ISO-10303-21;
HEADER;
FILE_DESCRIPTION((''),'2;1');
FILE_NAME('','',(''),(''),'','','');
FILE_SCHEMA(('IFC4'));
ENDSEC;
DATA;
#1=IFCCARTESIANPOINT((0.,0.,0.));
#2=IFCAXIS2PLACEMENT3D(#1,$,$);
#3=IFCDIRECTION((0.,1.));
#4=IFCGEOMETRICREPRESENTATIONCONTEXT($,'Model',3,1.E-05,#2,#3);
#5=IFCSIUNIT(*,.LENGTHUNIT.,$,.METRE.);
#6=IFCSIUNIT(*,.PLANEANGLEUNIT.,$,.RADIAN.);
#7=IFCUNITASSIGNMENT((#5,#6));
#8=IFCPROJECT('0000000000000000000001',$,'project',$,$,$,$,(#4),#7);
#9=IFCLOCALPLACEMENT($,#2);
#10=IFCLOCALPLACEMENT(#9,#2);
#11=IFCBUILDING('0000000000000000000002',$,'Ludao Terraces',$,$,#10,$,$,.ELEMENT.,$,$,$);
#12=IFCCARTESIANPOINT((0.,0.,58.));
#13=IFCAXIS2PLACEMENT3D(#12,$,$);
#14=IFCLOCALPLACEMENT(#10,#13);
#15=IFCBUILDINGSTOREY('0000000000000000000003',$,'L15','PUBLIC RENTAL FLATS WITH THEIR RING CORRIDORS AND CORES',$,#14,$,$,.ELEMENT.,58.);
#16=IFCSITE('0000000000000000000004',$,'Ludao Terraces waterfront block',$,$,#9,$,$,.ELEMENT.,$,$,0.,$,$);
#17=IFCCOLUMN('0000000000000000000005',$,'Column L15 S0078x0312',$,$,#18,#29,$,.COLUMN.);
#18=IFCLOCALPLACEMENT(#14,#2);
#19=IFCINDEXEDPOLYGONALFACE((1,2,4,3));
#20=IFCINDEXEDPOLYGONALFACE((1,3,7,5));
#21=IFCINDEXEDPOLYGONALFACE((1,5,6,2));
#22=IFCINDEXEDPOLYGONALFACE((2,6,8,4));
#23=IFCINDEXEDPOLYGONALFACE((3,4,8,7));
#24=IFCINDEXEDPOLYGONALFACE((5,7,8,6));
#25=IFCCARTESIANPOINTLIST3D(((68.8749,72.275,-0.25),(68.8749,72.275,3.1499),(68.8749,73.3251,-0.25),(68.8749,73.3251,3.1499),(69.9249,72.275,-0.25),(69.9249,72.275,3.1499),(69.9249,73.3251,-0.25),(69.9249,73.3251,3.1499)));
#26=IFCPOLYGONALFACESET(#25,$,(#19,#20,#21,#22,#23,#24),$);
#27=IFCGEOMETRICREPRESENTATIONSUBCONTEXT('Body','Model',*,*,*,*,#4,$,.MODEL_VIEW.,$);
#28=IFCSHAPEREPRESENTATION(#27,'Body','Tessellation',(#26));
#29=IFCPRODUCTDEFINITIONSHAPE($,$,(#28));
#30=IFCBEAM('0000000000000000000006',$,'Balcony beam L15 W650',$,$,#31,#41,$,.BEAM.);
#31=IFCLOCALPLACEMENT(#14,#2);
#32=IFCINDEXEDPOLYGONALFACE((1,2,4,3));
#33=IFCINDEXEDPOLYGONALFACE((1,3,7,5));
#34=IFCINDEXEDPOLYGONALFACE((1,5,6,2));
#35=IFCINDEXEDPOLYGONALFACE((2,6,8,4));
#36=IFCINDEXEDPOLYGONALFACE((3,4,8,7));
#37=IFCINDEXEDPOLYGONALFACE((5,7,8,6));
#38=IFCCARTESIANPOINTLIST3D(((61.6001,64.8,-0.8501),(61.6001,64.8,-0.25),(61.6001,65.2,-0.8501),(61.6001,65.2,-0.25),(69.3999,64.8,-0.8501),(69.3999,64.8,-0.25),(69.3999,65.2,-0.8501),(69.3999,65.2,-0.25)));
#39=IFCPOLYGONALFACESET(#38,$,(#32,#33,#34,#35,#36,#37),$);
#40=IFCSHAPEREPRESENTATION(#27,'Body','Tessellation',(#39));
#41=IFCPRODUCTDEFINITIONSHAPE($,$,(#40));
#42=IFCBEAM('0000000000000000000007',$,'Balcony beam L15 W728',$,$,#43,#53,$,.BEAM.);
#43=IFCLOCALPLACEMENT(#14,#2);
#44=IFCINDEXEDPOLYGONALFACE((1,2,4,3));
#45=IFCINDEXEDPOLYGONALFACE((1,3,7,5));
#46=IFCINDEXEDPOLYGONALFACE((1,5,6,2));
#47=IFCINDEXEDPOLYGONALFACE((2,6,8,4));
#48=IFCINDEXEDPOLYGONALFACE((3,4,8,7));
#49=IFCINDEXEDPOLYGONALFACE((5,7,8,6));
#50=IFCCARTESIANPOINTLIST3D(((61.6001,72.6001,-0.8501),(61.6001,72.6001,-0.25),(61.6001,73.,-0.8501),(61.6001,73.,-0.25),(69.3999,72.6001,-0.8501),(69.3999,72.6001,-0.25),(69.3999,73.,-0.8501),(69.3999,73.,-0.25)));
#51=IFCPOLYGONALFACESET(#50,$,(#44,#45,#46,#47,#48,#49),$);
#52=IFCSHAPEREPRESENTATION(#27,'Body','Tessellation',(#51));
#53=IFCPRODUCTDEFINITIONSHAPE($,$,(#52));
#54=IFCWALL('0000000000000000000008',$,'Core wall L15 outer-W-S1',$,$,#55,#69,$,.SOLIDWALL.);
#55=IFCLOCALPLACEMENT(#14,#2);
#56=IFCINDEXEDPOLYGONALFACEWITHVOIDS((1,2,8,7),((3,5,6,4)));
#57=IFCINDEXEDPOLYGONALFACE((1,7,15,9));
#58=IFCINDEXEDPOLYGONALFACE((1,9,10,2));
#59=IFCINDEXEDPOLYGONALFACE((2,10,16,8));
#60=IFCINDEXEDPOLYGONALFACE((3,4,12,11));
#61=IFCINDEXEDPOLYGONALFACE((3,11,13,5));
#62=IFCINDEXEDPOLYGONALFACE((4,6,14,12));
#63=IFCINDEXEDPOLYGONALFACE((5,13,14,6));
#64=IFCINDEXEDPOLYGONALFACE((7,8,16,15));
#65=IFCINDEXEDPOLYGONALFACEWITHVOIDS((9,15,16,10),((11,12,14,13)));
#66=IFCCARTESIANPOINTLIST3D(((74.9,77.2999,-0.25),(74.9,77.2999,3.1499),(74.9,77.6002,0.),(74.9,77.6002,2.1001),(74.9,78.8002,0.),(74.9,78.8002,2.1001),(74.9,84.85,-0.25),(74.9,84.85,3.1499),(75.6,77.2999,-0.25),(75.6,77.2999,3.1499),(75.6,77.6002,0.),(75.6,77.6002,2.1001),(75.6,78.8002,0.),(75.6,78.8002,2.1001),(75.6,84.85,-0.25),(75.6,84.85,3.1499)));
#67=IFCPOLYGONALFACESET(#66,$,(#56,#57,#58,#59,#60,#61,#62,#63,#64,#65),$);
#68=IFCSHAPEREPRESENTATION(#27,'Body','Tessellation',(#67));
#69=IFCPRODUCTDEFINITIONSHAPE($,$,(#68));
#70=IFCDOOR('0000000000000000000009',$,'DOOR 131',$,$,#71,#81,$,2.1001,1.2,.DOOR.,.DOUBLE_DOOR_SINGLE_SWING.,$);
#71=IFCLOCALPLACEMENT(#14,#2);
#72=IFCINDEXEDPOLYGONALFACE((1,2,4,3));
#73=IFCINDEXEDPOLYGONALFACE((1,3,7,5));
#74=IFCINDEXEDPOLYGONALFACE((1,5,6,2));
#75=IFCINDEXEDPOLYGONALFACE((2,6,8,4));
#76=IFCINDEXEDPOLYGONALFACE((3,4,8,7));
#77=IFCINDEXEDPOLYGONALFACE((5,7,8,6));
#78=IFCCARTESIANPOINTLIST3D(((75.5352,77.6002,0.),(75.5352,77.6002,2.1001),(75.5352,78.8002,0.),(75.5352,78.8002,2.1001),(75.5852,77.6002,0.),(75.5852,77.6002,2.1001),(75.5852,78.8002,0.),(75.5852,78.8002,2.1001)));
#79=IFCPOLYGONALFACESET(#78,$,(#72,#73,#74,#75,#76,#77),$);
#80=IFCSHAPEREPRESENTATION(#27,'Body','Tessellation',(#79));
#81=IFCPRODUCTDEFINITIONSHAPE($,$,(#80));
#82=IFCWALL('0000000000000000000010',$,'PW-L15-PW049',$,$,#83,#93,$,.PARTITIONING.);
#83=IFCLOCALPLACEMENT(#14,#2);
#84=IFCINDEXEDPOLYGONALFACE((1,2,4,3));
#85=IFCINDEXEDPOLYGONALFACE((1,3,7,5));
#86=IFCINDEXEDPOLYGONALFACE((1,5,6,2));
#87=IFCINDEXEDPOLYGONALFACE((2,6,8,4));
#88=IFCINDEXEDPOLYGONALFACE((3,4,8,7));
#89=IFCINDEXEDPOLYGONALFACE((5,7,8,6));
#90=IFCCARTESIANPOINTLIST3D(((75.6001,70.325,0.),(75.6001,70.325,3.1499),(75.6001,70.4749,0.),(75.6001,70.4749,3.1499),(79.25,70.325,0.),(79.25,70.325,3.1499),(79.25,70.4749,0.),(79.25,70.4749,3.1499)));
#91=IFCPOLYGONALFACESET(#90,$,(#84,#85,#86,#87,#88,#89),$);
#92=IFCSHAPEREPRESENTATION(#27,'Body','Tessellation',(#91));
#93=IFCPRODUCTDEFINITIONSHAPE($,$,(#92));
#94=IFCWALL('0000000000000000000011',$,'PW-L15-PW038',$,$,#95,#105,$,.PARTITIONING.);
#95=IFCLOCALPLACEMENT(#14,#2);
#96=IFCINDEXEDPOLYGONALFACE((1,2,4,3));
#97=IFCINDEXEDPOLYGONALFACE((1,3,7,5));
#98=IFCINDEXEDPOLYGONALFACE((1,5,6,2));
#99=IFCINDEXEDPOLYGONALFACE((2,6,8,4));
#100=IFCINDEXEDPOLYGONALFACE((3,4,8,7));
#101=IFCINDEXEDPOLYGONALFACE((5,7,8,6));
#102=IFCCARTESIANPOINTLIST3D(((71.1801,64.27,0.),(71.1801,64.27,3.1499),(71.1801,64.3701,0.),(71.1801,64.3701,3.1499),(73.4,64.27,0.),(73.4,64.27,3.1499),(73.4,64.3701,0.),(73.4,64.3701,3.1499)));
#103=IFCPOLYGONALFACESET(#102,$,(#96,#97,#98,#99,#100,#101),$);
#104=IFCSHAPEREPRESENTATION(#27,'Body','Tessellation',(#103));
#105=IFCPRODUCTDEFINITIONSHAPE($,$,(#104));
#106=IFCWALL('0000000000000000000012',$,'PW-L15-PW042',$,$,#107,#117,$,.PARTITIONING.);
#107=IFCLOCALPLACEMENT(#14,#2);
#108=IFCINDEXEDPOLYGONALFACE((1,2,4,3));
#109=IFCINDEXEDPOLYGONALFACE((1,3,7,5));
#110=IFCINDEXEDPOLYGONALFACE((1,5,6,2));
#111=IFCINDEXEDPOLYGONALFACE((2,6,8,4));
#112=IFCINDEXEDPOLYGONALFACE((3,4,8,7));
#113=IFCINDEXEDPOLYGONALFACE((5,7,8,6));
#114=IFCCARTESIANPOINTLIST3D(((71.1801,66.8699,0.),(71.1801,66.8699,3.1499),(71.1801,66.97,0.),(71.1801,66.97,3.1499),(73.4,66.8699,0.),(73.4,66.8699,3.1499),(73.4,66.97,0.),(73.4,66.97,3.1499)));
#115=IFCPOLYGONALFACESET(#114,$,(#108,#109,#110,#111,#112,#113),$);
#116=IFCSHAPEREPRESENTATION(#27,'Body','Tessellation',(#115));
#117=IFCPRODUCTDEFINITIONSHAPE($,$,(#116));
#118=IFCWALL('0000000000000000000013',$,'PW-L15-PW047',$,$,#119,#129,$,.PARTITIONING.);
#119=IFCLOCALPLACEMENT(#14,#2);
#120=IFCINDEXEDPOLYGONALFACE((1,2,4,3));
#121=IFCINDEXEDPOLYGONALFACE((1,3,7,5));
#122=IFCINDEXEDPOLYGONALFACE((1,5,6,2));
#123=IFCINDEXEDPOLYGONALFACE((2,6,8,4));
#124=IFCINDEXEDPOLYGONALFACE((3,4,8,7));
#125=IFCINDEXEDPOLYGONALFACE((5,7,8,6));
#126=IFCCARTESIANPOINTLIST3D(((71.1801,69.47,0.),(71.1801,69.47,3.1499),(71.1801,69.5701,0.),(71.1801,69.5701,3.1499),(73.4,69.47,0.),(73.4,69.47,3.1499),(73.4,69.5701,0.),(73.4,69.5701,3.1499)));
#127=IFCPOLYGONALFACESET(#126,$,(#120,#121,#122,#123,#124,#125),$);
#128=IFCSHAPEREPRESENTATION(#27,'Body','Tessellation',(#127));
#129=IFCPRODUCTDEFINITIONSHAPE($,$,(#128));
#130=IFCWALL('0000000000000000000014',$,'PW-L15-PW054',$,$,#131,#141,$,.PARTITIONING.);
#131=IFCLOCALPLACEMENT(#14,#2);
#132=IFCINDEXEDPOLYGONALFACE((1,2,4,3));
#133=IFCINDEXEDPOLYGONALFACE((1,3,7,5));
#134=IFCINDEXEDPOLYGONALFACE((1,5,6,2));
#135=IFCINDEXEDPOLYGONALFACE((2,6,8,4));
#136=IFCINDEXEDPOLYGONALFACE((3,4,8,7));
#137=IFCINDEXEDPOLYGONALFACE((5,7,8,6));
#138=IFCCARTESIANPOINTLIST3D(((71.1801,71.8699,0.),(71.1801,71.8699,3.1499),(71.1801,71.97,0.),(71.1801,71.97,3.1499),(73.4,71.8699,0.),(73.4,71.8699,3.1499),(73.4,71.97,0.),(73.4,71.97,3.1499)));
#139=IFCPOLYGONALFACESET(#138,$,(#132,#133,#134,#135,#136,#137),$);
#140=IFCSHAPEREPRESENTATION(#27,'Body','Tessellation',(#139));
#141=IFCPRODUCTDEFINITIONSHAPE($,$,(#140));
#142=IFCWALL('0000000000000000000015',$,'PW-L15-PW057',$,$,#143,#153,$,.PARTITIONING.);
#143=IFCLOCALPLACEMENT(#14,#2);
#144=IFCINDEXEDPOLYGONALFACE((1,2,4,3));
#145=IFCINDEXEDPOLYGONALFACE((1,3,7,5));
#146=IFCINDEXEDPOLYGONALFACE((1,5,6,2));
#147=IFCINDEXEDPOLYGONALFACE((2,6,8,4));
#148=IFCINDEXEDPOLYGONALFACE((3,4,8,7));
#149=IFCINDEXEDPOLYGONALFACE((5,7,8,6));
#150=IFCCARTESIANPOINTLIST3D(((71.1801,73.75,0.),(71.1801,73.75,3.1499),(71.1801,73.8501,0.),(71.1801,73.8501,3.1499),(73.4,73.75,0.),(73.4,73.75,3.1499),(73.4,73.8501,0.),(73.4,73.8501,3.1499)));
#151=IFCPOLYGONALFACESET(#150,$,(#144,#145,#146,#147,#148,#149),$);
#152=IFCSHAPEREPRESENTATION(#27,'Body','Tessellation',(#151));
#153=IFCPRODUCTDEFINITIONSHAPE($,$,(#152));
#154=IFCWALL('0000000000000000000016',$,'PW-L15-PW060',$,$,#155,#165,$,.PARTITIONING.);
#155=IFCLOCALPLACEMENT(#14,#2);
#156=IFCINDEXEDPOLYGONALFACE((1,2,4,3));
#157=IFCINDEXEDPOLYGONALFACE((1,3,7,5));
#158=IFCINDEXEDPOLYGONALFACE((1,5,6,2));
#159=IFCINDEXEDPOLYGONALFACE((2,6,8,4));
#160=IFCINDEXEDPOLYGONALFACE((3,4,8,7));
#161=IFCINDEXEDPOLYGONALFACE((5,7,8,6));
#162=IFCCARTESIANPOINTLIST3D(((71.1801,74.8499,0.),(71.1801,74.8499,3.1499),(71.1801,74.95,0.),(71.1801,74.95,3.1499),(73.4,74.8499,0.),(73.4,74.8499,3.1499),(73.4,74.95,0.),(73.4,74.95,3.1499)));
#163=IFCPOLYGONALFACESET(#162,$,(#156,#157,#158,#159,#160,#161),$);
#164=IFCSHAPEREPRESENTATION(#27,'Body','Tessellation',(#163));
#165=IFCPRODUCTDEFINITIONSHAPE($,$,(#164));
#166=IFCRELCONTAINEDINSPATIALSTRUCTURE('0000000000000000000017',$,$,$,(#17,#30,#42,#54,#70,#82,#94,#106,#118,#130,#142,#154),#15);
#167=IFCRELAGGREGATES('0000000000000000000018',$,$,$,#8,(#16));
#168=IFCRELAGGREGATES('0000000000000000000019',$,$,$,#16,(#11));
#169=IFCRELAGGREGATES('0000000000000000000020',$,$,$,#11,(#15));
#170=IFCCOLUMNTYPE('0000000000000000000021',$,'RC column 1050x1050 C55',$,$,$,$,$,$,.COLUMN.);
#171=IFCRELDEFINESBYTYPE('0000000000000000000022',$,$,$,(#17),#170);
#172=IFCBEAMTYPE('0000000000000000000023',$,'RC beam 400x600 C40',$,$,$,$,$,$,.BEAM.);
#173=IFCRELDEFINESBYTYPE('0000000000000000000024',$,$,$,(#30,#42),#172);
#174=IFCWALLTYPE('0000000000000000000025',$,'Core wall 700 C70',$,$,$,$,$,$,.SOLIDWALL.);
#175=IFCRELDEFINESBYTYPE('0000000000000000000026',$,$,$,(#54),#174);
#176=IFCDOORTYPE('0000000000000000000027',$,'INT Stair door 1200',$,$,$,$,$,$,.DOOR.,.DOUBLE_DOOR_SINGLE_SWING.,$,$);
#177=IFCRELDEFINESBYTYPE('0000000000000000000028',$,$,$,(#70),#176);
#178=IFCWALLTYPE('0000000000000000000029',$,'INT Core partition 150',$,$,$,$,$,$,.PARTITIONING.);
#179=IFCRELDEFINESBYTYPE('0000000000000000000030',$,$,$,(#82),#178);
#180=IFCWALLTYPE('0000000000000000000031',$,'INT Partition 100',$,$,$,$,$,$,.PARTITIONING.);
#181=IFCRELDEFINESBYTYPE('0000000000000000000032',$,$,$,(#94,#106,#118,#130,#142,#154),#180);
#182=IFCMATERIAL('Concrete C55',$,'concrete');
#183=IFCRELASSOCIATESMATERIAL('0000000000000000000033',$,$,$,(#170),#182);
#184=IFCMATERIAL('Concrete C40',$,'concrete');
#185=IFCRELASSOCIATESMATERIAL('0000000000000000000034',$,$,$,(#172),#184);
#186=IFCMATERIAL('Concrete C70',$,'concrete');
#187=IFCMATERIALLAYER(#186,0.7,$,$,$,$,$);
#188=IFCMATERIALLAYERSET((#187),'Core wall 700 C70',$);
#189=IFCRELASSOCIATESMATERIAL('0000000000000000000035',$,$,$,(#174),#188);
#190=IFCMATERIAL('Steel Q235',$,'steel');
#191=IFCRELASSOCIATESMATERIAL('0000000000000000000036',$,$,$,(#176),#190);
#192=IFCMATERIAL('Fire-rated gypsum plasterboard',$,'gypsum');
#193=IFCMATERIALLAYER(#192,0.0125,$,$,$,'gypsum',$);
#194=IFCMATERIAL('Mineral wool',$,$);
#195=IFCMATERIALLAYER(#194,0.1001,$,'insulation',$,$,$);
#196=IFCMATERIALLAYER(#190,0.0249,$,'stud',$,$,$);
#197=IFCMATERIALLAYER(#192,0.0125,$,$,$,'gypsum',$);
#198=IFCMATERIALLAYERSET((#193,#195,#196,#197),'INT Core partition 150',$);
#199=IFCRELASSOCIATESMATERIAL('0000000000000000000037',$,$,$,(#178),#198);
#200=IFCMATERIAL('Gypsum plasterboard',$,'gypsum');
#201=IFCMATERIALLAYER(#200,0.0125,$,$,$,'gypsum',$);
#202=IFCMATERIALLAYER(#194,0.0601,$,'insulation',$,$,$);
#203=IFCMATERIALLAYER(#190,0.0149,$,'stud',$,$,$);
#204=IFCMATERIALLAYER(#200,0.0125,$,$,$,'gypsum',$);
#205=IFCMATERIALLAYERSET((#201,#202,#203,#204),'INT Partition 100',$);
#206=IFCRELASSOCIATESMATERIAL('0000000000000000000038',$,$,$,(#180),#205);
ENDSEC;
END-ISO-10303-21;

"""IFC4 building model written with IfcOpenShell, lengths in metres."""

from ifc_helpers import new_model, si_unit, direction, frame, frame_2d, origin, origin_2d, place, context, subcontext, project, spatial, rectangle, extrude, material, layer, layer_set, material_profile, profile_set, type_object, element, fill, save


model = new_model("IFC4")

# Units and contexts
model_context = context("Model", 3, precision=1e-05, world=origin(), true_north=direction((0.0, 1.0)))
body_context = subcontext(model_context, "Body", "Model", "MODEL_VIEW")
ifc_project = project(units=[si_unit("LENGTHUNIT", "METRE"), si_unit("PLANEANGLEUNIT", "RADIAN")], contexts=[model_context])

# Site, building, storey
site_placement = place(None, origin())
site = spatial("IfcSite", under=ifc_project, at=site_placement, Name="Ludao Terraces waterfront block", CompositionType="ELEMENT", RefElevation=0.0)
building_placement = place(site_placement, origin())
building = spatial("IfcBuilding", under=site, at=building_placement, Name="Ludao Terraces", CompositionType="ELEMENT")
storey_placement = place(building_placement, frame((0.0, 0.0, 58.0)))
storey = spatial("IfcBuildingStorey", under=building, at=storey_placement, Name="L15", Description="PUBLIC RENTAL FLATS WITH THEIR RING CORRIDORS AND CORES", CompositionType="ELEMENT", Elevation=58.0)

# Column
ifc_material_1 = material(Name="Concrete C55", Category="concrete")
ifc_material_profile_1 = material_profile(ifc_material_1, rectangle(XDim=1.05, YDim=1.05, at=origin_2d()), Name="1050 X 1050")
ifc_profile_set_1 = profile_set([ifc_material_profile_1], Name="Concrete C55")
column_type = type_object("IfcColumnType", Name="RC column 1050x1050 C55", PredefinedType="COLUMN", material=ifc_profile_set_1)
column_placement = place(storey_placement, frame((69.3999, 72.8, -0.25), z_axis=(0.0, 0.0, 1.0), x_axis=(1.0, 0.0, 0.0)))
element("IfcColumn", 1, at=column_placement, inside=storey, type_object=column_type, Name="Column L15 S0078x0312", PredefinedType="COLUMN", context=body_context, shape_type="SweptSolid", body=[
    extrude(rectangle(XDim=1.05, YDim=1.05, at=origin_2d()), origin(), (0.0, 0.0, 1.0), 3.3999),
])

# Beams
ifc_material_2 = material(Name="Concrete C40", Category="concrete")
ifc_material_profile_2 = material_profile(ifc_material_2, rectangle(XDim=0.3999, YDim=0.6001, at=origin_2d()), Name="400 X 600")
ifc_profile_set_2 = profile_set([ifc_material_profile_2], Name="Concrete C40")
beam_type = type_object("IfcBeamType", Name="RC beam 400x600 C40", PredefinedType="BEAM", material=ifc_profile_set_2)
for number, where, z_axis, x_axis, name in (
    (2, (69.3999, 65.0, -0.55), (-1.0, 0.0, 0.0), (0.0, -1.0, 0.0), "Balcony beam L15 W650"),
    (3, (69.3999, 72.8, -0.55), (-1.0, 0.0, 0.0), (0.0, -1.0, 0.0), "Balcony beam L15 W728"),
):
    element("IfcBeam", number, at=place(storey_placement, frame(where, z_axis=z_axis, x_axis=x_axis)), inside=storey, type_object=beam_type, Name=name, PredefinedType="BEAM", context=body_context, shape_type="SweptSolid", body=[
        extrude(rectangle(XDim=0.3999, YDim=0.6001, at=origin_2d()), origin(), (0.0, 0.0, 1.0), 7.7998),
    ])

# Wall, opening, door
ifc_material_3 = material(Name="Concrete C70", Category="concrete")
ifc_layer_1 = layer(ifc_material_3, 0.7)
ifc_layer_set_1 = layer_set([ifc_layer_1], Name="Core wall 700 C70")
wall_type_1 = type_object("IfcWallType", Name="Core wall 700 C70", PredefinedType="SOLIDWALL", material=ifc_layer_set_1)
wall_1_placement = place(storey_placement, frame((75.25, 77.3, -0.25), z_axis=(0.0, 0.0, 1.0), x_axis=(0.0, 1.0, 0.0)))
wall_1 = element("IfcWall", 4, at=wall_1_placement, inside=storey, type_object=wall_type_1, Name="Core wall L15 outer-W-S1", PredefinedType="SOLIDWALL", context=body_context, shape_type="SweptSolid", body=[
    extrude(rectangle(XDim=7.55, YDim=0.7, at=frame_2d((3.7749, 0.0))), origin(), (0.0, 0.0, 1.0), 3.3999),
])
opening_1_placement = place(wall_1_placement, frame((0.3, 0.0, 0.25)))
opening_1 = element("IfcOpeningElement", 5, at=opening_1_placement, cuts=wall_1, PredefinedType="OPENING", context=body_context, shape_type="SweptSolid", body=[
    extrude(rectangle(XDim=1.2, YDim=2.1001, at=frame_2d((0.6001, 1.05))), frame((0.0, 0.3599, 0.0), z_axis=(0.0, -1.0, 0.0), x_axis=(1.0, 0.0, 0.0)), (0.0, 0.0, 1.0), 0.72),
])
ifc_material_4 = material(Name="Steel Q235", Category="steel")
door_type_1 = type_object("IfcDoorType", Name="INT Stair door 1200", OperationType="DOUBLE_DOOR_SINGLE_SWING", PredefinedType="DOOR", material=ifc_material_4)
door_1_placement = place(opening_1_placement, origin())
door_1 = element("IfcDoor", 6, at=door_1_placement, inside=storey, type_object=door_type_1, Name="DOOR 131", OperationType="DOUBLE_DOOR_SINGLE_SWING", OverallHeight=2.1001, OverallWidth=1.2, PredefinedType="DOOR", context=body_context, shape_type="SweptSolid", body=[
    extrude(rectangle(XDim=1.2, YDim=2.1001, at=frame_2d((0.6001, 1.05))), frame((0.0, -0.2852, 0.0), z_axis=(0.0, -1.0, 0.0), x_axis=(1.0, 0.0, 0.0)), (0.0, 0.0, 1.0), 0.05),
])
fill(opening_1, door_1)

# Walls
ifc_material_5 = material(Name="Fire-rated gypsum plasterboard", Category="gypsum")
ifc_layer_2 = layer(ifc_material_5, 0.0125, Category="gypsum")
ifc_material_6 = material(Name="Mineral wool")
ifc_layer_3 = layer(ifc_material_6, 0.1001, Name="insulation")
ifc_layer_4 = layer(ifc_material_4, 0.0249, Name="stud")
ifc_layer_5 = layer(ifc_material_5, 0.0125, Category="gypsum")
ifc_layer_set_2 = layer_set([ifc_layer_2, ifc_layer_3, ifc_layer_4, ifc_layer_5], Name="INT Core partition 150")
wall_type_2 = type_object("IfcWallType", Name="INT Core partition 150", PredefinedType="PARTITIONING", material=ifc_layer_set_2)
wall_2_placement = place(storey_placement, frame((75.6001, 70.3999, 0.0), z_axis=(0.0, 0.0, 1.0), x_axis=(1.0, 0.0, 0.0)))
element("IfcWall", 7, at=wall_2_placement, inside=storey, type_object=wall_type_2, Name="PW-L15-PW049", PredefinedType="PARTITIONING", context=body_context, shape_type="SweptSolid", body=[
    extrude(rectangle(XDim=3.6499, YDim=0.1499, at=frame_2d((1.825, 0.0))), origin(), (0.0, 0.0, 1.0), 3.1499),
])
ifc_material_7 = material(Name="Gypsum plasterboard", Category="gypsum")
ifc_layer_6 = layer(ifc_material_7, 0.0125, Category="gypsum")
ifc_layer_7 = layer(ifc_material_6, 0.0601, Name="insulation")
ifc_layer_8 = layer(ifc_material_4, 0.0149, Name="stud")
ifc_layer_9 = layer(ifc_material_7, 0.0125, Category="gypsum")
ifc_layer_set_3 = layer_set([ifc_layer_6, ifc_layer_7, ifc_layer_8, ifc_layer_9], Name="INT Partition 100")
wall_type_3 = type_object("IfcWallType", Name="INT Partition 100", PredefinedType="PARTITIONING", material=ifc_layer_set_3)
for number, where, z_axis, x_axis, name in (
    (8, (71.1802, 64.3201, 0.0), (0.0, 0.0, 1.0), (1.0, 0.0, 0.0), "PW-L15-PW038"),
    (9, (71.1802, 66.9199, 0.0), (0.0, 0.0, 1.0), (1.0, 0.0, 0.0), "PW-L15-PW042"),
    (10, (71.1802, 69.52, 0.0), (0.0, 0.0, 1.0), (1.0, 0.0, 0.0), "PW-L15-PW047"),
    (11, (71.1802, 71.9199, 0.0), (0.0, 0.0, 1.0), (1.0, 0.0, 0.0), "PW-L15-PW054"),
    (12, (71.1802, 73.8, 0.0), (0.0, 0.0, 1.0), (1.0, 0.0, 0.0), "PW-L15-PW057"),
    (13, (71.1802, 74.8999, 0.0), (0.0, 0.0, 1.0), (1.0, 0.0, 0.0), "PW-L15-PW060"),
):
    element("IfcWall", number, at=place(storey_placement, frame(where, z_axis=z_axis, x_axis=x_axis)), inside=storey, type_object=wall_type_3, Name=name, PredefinedType="PARTITIONING", context=body_context, shape_type="SweptSolid", body=[
        extrude(rectangle(XDim=2.22, YDim=0.1001, at=frame_2d((1.1099, 0.0))), origin(), (0.0, 0.0, 1.0), 3.1499),
    ])

save(model, "model.ifc")
